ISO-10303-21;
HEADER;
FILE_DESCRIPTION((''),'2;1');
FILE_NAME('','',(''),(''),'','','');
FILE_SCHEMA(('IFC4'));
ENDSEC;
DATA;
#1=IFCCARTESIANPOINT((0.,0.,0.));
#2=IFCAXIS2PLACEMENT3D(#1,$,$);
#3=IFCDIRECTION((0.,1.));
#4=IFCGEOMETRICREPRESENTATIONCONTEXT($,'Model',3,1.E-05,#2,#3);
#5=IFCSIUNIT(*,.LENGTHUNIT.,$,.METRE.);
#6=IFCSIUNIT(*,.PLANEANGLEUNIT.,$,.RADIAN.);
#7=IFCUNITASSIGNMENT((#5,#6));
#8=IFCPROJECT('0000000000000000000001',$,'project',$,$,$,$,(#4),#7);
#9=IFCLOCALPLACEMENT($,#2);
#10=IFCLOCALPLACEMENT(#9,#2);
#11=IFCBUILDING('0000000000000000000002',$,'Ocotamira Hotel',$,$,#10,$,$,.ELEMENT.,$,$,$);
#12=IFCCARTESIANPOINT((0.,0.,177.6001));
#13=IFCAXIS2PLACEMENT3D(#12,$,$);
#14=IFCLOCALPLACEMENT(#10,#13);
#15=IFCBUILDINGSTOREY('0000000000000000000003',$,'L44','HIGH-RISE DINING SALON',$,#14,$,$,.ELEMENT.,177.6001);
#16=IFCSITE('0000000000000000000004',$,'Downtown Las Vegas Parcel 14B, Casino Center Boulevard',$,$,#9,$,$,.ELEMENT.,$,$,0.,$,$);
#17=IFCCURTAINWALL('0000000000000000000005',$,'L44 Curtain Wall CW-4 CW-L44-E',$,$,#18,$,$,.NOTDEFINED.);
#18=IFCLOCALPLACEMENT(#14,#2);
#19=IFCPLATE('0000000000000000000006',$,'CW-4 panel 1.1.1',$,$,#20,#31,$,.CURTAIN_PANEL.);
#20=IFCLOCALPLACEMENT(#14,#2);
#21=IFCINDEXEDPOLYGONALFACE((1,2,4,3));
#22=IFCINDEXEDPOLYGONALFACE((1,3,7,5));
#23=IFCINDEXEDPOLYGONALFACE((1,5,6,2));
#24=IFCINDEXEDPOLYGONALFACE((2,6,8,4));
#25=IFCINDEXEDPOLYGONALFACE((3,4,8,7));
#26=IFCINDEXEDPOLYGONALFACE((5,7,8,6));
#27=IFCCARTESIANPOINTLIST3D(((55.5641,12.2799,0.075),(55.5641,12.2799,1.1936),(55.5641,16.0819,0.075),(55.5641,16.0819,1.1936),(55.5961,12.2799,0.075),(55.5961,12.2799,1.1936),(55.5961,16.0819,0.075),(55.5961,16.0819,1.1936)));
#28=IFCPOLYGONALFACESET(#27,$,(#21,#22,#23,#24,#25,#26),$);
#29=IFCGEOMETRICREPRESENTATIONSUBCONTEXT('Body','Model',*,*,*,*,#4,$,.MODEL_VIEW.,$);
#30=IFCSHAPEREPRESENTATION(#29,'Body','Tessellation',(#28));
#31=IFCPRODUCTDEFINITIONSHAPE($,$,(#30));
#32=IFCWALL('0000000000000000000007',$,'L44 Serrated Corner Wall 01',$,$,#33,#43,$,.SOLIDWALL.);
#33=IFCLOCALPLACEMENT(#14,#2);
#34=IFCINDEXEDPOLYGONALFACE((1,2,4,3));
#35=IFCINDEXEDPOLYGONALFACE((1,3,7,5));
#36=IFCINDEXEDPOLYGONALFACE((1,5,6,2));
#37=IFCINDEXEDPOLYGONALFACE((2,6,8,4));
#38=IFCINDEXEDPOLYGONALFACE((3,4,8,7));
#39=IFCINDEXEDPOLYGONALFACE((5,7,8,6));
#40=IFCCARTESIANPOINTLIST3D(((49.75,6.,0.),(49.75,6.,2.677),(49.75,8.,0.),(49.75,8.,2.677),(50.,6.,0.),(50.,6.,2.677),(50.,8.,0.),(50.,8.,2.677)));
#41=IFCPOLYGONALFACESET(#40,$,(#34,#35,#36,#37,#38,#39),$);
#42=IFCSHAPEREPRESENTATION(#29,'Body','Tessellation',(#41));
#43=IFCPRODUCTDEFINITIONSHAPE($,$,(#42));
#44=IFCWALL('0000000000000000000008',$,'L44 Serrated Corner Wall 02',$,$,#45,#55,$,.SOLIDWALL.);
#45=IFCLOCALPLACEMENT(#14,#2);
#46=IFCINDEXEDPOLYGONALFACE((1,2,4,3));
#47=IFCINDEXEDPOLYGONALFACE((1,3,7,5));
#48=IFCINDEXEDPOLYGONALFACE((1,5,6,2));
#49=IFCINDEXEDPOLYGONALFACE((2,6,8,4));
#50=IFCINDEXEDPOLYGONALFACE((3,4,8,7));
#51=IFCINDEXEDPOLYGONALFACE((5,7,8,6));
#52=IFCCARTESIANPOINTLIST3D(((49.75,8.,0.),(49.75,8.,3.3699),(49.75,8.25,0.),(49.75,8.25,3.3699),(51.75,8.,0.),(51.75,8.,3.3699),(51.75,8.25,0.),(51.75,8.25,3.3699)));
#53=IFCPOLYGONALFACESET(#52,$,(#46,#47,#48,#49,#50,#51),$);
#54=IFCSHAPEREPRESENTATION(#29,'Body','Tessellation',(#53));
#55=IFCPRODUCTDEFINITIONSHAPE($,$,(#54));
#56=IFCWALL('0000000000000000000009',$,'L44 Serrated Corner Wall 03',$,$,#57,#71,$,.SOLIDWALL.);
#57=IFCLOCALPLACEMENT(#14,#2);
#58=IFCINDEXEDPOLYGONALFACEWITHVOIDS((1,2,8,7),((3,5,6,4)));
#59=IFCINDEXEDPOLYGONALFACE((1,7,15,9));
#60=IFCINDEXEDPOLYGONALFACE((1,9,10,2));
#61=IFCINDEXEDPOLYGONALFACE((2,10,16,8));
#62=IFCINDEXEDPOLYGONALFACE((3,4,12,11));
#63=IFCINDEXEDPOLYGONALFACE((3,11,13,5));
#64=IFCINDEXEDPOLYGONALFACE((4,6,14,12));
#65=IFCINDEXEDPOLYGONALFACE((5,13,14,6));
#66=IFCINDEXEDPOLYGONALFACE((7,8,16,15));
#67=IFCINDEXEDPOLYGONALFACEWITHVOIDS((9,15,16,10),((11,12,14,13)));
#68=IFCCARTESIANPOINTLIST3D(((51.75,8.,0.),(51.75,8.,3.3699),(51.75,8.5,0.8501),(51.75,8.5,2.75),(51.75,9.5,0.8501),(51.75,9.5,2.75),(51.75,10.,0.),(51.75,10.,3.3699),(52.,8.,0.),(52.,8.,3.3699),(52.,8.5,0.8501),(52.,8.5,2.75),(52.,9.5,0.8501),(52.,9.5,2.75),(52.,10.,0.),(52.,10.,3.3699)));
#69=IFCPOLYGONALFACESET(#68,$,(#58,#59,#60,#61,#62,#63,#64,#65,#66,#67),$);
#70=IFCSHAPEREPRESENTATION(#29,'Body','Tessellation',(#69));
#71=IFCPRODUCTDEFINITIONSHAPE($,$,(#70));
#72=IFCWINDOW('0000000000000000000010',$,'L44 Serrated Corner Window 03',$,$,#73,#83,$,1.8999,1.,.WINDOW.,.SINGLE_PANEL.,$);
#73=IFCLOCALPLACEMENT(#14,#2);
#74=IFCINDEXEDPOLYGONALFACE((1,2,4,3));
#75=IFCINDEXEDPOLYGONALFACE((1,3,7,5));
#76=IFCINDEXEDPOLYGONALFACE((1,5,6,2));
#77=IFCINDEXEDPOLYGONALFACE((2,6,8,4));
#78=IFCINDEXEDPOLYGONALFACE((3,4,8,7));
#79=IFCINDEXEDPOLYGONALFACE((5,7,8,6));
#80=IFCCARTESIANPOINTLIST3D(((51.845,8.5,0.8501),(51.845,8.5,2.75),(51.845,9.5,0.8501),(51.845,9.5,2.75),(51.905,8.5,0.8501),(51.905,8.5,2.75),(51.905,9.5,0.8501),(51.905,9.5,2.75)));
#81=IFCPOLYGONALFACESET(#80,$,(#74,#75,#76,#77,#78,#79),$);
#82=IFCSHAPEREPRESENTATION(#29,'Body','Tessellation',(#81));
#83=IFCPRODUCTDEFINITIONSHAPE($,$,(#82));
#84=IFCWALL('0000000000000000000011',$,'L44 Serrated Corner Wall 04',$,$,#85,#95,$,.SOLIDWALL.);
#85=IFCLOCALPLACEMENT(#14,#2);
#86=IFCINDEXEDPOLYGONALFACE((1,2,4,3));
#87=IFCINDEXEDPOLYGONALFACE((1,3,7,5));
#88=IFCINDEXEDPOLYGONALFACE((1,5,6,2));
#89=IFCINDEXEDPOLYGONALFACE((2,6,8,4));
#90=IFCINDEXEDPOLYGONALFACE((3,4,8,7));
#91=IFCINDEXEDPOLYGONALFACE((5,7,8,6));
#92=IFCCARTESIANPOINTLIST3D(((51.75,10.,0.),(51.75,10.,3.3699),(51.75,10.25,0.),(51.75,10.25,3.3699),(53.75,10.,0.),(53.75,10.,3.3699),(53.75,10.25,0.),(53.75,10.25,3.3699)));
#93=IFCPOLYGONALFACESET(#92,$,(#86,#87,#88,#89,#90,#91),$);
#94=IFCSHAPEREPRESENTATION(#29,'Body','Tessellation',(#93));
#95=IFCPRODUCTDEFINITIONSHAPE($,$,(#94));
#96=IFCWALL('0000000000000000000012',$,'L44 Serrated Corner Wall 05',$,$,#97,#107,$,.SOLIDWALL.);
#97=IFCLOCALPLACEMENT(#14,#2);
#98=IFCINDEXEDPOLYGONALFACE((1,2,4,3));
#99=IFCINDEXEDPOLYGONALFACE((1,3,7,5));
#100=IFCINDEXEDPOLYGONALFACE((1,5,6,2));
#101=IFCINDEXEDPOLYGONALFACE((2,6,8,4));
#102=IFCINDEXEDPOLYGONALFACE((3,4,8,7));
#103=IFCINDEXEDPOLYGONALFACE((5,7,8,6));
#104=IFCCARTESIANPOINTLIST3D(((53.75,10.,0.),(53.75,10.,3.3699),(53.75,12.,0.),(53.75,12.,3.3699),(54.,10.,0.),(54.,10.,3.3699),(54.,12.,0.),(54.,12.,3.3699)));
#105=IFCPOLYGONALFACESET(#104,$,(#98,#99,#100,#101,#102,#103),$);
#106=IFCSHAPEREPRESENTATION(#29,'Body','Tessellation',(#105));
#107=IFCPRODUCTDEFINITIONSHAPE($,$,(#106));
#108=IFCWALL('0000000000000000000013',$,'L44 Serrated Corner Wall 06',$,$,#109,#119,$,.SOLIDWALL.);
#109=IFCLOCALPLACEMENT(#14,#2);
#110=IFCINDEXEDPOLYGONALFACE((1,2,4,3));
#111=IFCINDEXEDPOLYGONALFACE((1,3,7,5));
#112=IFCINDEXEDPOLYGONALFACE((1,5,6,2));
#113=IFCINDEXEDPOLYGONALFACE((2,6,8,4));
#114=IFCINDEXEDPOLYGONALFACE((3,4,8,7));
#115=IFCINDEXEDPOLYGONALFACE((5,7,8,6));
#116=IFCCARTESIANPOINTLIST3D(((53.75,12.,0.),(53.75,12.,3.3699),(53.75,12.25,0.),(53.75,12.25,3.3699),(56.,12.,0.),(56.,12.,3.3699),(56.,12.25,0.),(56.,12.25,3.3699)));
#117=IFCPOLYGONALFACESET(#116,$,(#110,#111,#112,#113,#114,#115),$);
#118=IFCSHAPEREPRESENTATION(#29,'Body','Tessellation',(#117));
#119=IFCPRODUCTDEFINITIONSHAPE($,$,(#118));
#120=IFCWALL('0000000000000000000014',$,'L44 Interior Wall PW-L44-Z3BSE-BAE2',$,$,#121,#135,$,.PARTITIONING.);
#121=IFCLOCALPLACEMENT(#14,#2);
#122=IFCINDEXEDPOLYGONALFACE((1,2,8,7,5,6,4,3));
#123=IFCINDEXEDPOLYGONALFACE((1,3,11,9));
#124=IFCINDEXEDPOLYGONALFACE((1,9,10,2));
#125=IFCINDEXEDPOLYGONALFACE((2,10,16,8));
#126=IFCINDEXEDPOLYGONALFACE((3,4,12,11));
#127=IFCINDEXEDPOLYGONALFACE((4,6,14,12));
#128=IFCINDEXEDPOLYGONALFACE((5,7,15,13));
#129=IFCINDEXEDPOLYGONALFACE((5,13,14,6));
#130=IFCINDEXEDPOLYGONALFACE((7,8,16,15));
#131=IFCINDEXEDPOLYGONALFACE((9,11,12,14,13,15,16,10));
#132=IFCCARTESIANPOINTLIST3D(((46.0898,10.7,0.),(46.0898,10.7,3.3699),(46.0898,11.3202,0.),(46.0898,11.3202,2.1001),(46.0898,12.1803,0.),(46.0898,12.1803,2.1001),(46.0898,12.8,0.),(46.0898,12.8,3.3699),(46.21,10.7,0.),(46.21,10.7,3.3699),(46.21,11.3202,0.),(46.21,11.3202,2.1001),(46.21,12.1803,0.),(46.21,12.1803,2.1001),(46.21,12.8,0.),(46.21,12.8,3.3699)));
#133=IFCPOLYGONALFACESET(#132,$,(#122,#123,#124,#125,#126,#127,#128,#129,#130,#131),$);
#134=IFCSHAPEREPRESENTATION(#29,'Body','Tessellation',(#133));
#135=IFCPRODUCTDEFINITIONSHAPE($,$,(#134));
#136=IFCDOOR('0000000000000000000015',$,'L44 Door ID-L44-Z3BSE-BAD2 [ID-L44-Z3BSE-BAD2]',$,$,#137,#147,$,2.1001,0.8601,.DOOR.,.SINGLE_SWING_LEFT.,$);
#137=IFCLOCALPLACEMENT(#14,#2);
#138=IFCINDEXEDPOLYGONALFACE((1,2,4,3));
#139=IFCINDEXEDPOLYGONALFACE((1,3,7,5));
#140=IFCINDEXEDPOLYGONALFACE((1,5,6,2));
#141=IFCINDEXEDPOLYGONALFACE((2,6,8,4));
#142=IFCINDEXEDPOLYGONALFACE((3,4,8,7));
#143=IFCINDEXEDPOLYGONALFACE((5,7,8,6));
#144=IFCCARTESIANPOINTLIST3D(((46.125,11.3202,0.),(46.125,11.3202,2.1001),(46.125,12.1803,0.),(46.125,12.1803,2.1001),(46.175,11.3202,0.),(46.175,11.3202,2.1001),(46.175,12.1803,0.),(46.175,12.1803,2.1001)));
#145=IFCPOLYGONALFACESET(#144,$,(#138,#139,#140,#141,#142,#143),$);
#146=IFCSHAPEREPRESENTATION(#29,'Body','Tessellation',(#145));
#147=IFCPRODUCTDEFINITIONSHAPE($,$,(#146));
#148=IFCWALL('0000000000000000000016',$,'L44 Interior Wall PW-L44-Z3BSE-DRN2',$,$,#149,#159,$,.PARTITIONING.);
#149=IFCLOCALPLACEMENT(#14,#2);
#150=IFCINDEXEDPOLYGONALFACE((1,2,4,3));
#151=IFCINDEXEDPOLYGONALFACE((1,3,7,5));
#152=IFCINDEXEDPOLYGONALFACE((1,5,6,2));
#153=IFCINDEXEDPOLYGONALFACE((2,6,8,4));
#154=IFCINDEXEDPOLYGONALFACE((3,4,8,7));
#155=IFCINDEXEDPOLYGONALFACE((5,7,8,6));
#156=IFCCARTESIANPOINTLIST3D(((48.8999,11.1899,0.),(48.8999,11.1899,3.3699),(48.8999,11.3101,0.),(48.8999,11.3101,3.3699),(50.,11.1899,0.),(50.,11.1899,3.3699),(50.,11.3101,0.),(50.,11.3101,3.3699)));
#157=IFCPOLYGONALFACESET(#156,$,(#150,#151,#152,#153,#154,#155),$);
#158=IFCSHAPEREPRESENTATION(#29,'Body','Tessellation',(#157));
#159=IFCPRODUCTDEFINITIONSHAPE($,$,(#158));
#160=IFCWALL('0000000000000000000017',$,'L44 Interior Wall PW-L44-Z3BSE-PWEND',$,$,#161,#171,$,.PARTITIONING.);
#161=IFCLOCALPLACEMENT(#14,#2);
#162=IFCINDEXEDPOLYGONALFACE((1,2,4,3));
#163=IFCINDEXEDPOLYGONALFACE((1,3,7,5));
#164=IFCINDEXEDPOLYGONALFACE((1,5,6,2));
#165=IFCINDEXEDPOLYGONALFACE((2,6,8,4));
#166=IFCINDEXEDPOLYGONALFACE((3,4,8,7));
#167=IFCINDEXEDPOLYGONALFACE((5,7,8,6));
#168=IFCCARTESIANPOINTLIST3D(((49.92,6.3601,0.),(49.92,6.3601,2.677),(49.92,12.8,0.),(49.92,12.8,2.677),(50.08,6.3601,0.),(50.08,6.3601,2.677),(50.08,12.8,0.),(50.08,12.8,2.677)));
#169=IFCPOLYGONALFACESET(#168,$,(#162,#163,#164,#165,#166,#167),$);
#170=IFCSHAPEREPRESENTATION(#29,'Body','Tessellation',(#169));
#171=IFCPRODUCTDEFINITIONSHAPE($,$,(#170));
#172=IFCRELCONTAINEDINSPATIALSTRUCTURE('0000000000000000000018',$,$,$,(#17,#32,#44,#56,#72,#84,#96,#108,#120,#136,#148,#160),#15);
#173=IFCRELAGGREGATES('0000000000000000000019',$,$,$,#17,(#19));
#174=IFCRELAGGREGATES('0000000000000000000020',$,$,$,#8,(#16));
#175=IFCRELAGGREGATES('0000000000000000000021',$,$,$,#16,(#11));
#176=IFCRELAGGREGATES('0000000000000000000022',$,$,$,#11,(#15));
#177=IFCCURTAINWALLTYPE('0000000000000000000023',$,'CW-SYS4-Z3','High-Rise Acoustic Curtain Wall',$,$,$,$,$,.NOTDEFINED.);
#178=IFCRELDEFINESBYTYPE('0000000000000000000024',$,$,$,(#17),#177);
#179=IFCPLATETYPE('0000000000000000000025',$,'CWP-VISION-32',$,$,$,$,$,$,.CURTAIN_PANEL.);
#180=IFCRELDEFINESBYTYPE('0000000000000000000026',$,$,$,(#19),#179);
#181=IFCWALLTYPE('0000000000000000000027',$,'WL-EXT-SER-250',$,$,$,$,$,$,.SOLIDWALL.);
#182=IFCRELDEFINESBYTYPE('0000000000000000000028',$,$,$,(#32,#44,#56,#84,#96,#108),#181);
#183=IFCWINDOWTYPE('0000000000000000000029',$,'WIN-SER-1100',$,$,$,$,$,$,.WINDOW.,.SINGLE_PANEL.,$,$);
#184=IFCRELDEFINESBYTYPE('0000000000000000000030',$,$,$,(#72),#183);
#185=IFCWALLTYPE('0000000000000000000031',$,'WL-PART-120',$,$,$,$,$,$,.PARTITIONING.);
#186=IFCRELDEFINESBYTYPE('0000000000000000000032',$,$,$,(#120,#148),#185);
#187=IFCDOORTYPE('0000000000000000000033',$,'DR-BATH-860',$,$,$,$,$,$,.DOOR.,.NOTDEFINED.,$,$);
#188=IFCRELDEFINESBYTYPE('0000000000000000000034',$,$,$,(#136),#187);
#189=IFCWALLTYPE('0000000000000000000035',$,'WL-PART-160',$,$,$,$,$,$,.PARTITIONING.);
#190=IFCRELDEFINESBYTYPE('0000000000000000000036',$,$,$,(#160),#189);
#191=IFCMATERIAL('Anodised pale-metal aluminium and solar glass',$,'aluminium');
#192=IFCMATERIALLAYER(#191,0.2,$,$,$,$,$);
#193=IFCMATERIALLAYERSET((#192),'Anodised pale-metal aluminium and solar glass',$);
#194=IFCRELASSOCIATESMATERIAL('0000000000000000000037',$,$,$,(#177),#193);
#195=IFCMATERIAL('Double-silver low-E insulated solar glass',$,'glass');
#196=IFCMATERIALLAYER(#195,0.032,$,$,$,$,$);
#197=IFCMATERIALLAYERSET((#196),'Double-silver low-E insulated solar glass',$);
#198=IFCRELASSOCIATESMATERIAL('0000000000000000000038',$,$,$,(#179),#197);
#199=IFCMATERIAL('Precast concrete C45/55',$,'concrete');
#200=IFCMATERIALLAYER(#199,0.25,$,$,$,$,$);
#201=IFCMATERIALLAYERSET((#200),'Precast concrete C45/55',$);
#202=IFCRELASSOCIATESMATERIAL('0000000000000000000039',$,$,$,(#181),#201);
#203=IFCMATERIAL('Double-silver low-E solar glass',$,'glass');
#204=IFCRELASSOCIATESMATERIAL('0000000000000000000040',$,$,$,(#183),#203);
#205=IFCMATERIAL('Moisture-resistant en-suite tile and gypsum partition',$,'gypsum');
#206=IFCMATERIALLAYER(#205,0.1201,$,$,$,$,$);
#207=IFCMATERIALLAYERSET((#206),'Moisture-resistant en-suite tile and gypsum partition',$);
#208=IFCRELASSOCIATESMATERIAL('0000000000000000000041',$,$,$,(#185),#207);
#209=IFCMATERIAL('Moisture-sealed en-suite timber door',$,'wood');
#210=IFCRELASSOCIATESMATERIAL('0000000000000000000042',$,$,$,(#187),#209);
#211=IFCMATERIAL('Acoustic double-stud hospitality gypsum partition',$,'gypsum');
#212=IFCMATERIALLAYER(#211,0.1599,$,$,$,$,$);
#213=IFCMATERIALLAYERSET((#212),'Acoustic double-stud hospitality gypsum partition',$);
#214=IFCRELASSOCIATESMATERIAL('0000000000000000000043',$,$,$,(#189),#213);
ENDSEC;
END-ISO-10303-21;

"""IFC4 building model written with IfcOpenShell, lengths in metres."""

from ifc_helpers import new_model, si_unit, direction, frame, frame_2d, origin, origin_2d, place, context, subcontext, project, spatial, rectangle, extrude, source, transform, mapped, material, layer, layer_set, type_object, element, fill, aggregate, save


model = new_model("IFC4")

# Units and contexts
model_context = context("Model", 3, precision=1e-05, world=origin(), true_north=direction((0.0, 1.0)))
body_context = subcontext(model_context, "Body", "Model", "MODEL_VIEW")
ifc_project = project(units=[si_unit("LENGTHUNIT", "METRE"), si_unit("PLANEANGLEUNIT", "RADIAN")], contexts=[model_context])

# Site, building, storey
site_placement = place(None, origin())
site = spatial("IfcSite", under=ifc_project, at=site_placement, Name="Downtown Las Vegas Parcel 14B, Casino Center Boulevard", CompositionType="ELEMENT", RefElevation=0.0)
building_placement = place(site_placement, origin())
building = spatial("IfcBuilding", under=site, at=building_placement, Name="Ocotamira Hotel", CompositionType="ELEMENT")
storey_placement = place(building_placement, frame((0.0, 0.0, 177.6001)))
storey = spatial("IfcBuildingStorey", under=building, at=storey_placement, Name="L44", Description="HIGH-RISE DINING SALON", CompositionType="ELEMENT", Elevation=177.6001)

# Curtain wall
ifc_material_1 = material(Name="Anodised pale-metal aluminium and solar glass", Category="aluminium")
ifc_layer_1 = layer(ifc_material_1, 0.2)
ifc_layer_set_1 = layer_set([ifc_layer_1], Name="Anodised pale-metal aluminium and solar glass")
curtain_wall_type = type_object("IfcCurtainWallType", Name="CW-SYS4-Z3", Description="High-Rise Acoustic Curtain Wall", PredefinedType="NOTDEFINED", material=ifc_layer_set_1)
curtain_wall_1_placement = place(storey_placement, origin())
curtain_wall_1 = element("IfcCurtainWall", 1, at=curtain_wall_1_placement, inside=storey, type_object=curtain_wall_type, Name="L44 Curtain Wall CW-4 CW-L44-E", PredefinedType="NOTDEFINED")

# Plate
ifc_material_2 = material(Name="Double-silver low-E insulated solar glass", Category="glass")
ifc_layer_2 = layer(ifc_material_2, 0.032)
ifc_layer_set_2 = layer_set([ifc_layer_2], Name="Double-silver low-E insulated solar glass")
plate_type_1 = type_object("IfcPlateType", Name="CWP-VISION-32", PredefinedType="CURTAIN_PANEL", material=ifc_layer_set_2)
shared_shape_1 = source(origin(), body_context, "Body", "SweptSolid", [
    extrude(rectangle(XDim=3.802, YDim=0.032, at=origin_2d()), origin(), (0.0, 0.0, 1.0), 1.1187),
])
plate_1_placement = place(storey_placement, frame((55.5801, 14.1809, 0.075), z_axis=(0.0, 0.0, 1.0), x_axis=(0.0, 1.0, 0.0)))
plate_1 = element("IfcPlate", 2, at=plate_1_placement, type_object=plate_type_1, Name="CW-4 panel 1.1.1", PredefinedType="CURTAIN_PANEL", context=body_context, shape_type="MappedRepresentation", body=[
    mapped(shared_shape_1, transform((0.0, 0.0, 0.0), scale=1.0)),
])
aggregate(curtain_wall_1, [plate_1])

# Walls
ifc_material_3 = material(Name="Precast concrete C45/55", Category="concrete")
ifc_layer_3 = layer(ifc_material_3, 0.25)
ifc_layer_set_3 = layer_set([ifc_layer_3], Name="Precast concrete C45/55")
wall_type_1 = type_object("IfcWallType", Name="WL-EXT-SER-250", PredefinedType="SOLIDWALL", material=ifc_layer_set_3)
wall_1_placement = place(storey_placement, frame((49.875, 6.0, 0.0), z_axis=(0.0, 0.0, 1.0), x_axis=(0.0, 1.0, 0.0)))
element("IfcWall", 3, at=wall_1_placement, inside=storey, type_object=wall_type_1, Name="L44 Serrated Corner Wall 01", PredefinedType="SOLIDWALL", context=body_context, shape_type="SweptSolid", body=[
    extrude(rectangle(XDim=2.0, YDim=0.25, at=frame_2d((1.0, 0.0))), origin(), (0.0, 0.0, 1.0), 2.677),
])
wall_2_placement = place(storey_placement, frame((49.75, 8.125, 0.0), z_axis=(0.0, 0.0, 1.0), x_axis=(1.0, 0.0, 0.0)))
element("IfcWall", 4, at=wall_2_placement, inside=storey, type_object=wall_type_1, Name="L44 Serrated Corner Wall 02", PredefinedType="SOLIDWALL", context=body_context, shape_type="SweptSolid", body=[
    extrude(rectangle(XDim=2.0, YDim=0.25, at=frame_2d((1.0, 0.0))), origin(), (0.0, 0.0, 1.0), 3.3699),
])

# Wall, opening, window
wall_3_placement = place(storey_placement, frame((51.875, 8.0, 0.0), z_axis=(0.0, 0.0, 1.0), x_axis=(0.0, 1.0, 0.0)))
wall_3 = element("IfcWall", 5, at=wall_3_placement, inside=storey, type_object=wall_type_1, Name="L44 Serrated Corner Wall 03", PredefinedType="SOLIDWALL", context=body_context, shape_type="SweptSolid", body=[
    extrude(rectangle(XDim=2.0, YDim=0.25, at=frame_2d((1.0, 0.0))), origin(), (0.0, 0.0, 1.0), 3.3699),
])
opening_1_placement = place(wall_3_placement, frame((0.5, 0.0, 0.8501)))
opening_1 = element("IfcOpeningElement", 6, at=opening_1_placement, cuts=wall_3, PredefinedType="OPENING", context=body_context, shape_type="SweptSolid", body=[
    extrude(rectangle(XDim=1.0, YDim=1.8999, at=frame_2d((0.5, 0.95))), frame((0.0, 0.135, 0.0), z_axis=(0.0, -1.0, 0.0), x_axis=(1.0, 0.0, 0.0)), (0.0, 0.0, 1.0), 0.27),
])
ifc_material_4 = material(Name="Double-silver low-E solar glass", Category="glass")
window_type = type_object("IfcWindowType", Name="WIN-SER-1100", PartitioningType="SINGLE_PANEL", PredefinedType="WINDOW", material=ifc_material_4)
shared_shape_2 = source(origin(), body_context, "Body", "SweptSolid", [
    extrude(rectangle(XDim=1.0, YDim=1.8999, at=frame_2d((0.5, 0.95))), frame((0.0, 0.03, 0.0), z_axis=(0.0, -1.0, 0.0), x_axis=(1.0, 0.0, 0.0)), (0.0, 0.0, 1.0), 0.0601),
])
window_placement = place(opening_1_placement, origin())
window = element("IfcWindow", 7, at=window_placement, inside=storey, type_object=window_type, Name="L44 Serrated Corner Window 03", OverallHeight=1.8999, OverallWidth=1.0, PartitioningType="SINGLE_PANEL", PredefinedType="WINDOW", context=body_context, shape_type="MappedRepresentation", body=[
    mapped(shared_shape_2, transform((0.0, 0.0, 0.0), scale=1.0)),
])
fill(opening_1, window)

# Walls
for number, where, z_axis, x_axis, name in (
    (8, (51.75, 10.125, 0.0), (0.0, 0.0, 1.0), (1.0, 0.0, 0.0), "L44 Serrated Corner Wall 04"),
    (9, (53.875, 10.0, 0.0), (0.0, 0.0, 1.0), (0.0, 1.0, 0.0), "L44 Serrated Corner Wall 05"),
):
    element("IfcWall", number, at=place(storey_placement, frame(where, z_axis=z_axis, x_axis=x_axis)), inside=storey, type_object=wall_type_1, Name=name, PredefinedType="SOLIDWALL", context=body_context, shape_type="SweptSolid", body=[
        extrude(rectangle(XDim=2.0, YDim=0.25, at=frame_2d((1.0, 0.0))), origin(), (0.0, 0.0, 1.0), 3.3699),
    ])
wall_4_placement = place(storey_placement, frame((53.75, 12.125, 0.0), z_axis=(0.0, 0.0, 1.0), x_axis=(1.0, 0.0, 0.0)))
element("IfcWall", 10, at=wall_4_placement, inside=storey, type_object=wall_type_1, Name="L44 Serrated Corner Wall 06", PredefinedType="SOLIDWALL", context=body_context, shape_type="SweptSolid", body=[
    extrude(rectangle(XDim=2.25, YDim=0.25, at=frame_2d((1.125, 0.0))), origin(), (0.0, 0.0, 1.0), 3.3699),
])

# Wall, opening, door
ifc_material_5 = material(Name="Moisture-resistant en-suite tile and gypsum partition", Category="gypsum")
ifc_layer_4 = layer(ifc_material_5, 0.1201)
ifc_layer_set_4 = layer_set([ifc_layer_4], Name="Moisture-resistant en-suite tile and gypsum partition")
wall_type_2 = type_object("IfcWallType", Name="WL-PART-120", PredefinedType="PARTITIONING", material=ifc_layer_set_4)
wall_5_placement = place(storey_placement, frame((46.1499, 10.7, 0.0), z_axis=(0.0, 0.0, 1.0), x_axis=(0.0, 1.0, 0.0)))
wall_5 = element("IfcWall", 11, at=wall_5_placement, inside=storey, type_object=wall_type_2, Name="L44 Interior Wall PW-L44-Z3BSE-BAE2", PredefinedType="PARTITIONING", context=body_context, shape_type="SweptSolid", body=[
    extrude(rectangle(XDim=2.1001, YDim=0.1201, at=frame_2d((1.05, 0.0))), origin(), (0.0, 0.0, 1.0), 3.3699),
])
opening_2_placement = place(wall_5_placement, frame((0.6201, 0.0, 0.0)))
opening_2 = element("IfcOpeningElement", 12, at=opening_2_placement, cuts=wall_5, PredefinedType="OPENING", context=body_context, shape_type="SweptSolid", body=[
    extrude(rectangle(XDim=0.8601, YDim=2.1001, at=frame_2d((0.4302, 1.05))), frame((0.0, 0.0701, 0.0), z_axis=(0.0, -1.0, 0.0), x_axis=(1.0, 0.0, 0.0)), (0.0, 0.0, 1.0), 0.1401),
])
ifc_material_6 = material(Name="Moisture-sealed en-suite timber door", Category="wood")
door_type_1 = type_object("IfcDoorType", Name="DR-BATH-860", OperationType="NOTDEFINED", PredefinedType="DOOR", material=ifc_material_6)
shared_shape_3 = source(origin(), body_context, "Body", "SweptSolid", [
    extrude(rectangle(XDim=0.8601, YDim=2.1001, at=frame_2d((0.4302, 1.05))), frame((0.0, 0.0249, 0.0), z_axis=(0.0, -1.0, 0.0), x_axis=(1.0, 0.0, 0.0)), (0.0, 0.0, 1.0), 0.05),
])
door_1_placement = place(opening_2_placement, origin())
door_1 = element("IfcDoor", 13, at=door_1_placement, inside=storey, type_object=door_type_1, Name="L44 Door ID-L44-Z3BSE-BAD2 [ID-L44-Z3BSE-BAD2]", OperationType="SINGLE_SWING_LEFT", OverallHeight=2.1001, OverallWidth=0.8601, PredefinedType="DOOR", context=body_context, shape_type="MappedRepresentation", body=[
    mapped(shared_shape_3, transform((0.0, 0.0, 0.0), scale=1.0)),
])
fill(opening_2, door_1)

# Walls
wall_6_placement = place(storey_placement, frame((48.8999, 11.25, 0.0), z_axis=(0.0, 0.0, 1.0), x_axis=(1.0, 0.0, 0.0)))
element("IfcWall", 14, at=wall_6_placement, inside=storey, type_object=wall_type_2, Name="L44 Interior Wall PW-L44-Z3BSE-DRN2", PredefinedType="PARTITIONING", context=body_context, shape_type="SweptSolid", body=[
    extrude(rectangle(XDim=1.1001, YDim=0.1201, at=frame_2d((0.55, 0.0))), origin(), (0.0, 0.0, 1.0), 3.3699),
])
ifc_material_7 = material(Name="Acoustic double-stud hospitality gypsum partition", Category="gypsum")
ifc_layer_5 = layer(ifc_material_7, 0.1599)
ifc_layer_set_5 = layer_set([ifc_layer_5], Name="Acoustic double-stud hospitality gypsum partition")
wall_type_3 = type_object("IfcWallType", Name="WL-PART-160", PredefinedType="PARTITIONING", material=ifc_layer_set_5)
wall_7_placement = place(storey_placement, frame((50.0, 6.3601, 0.0), z_axis=(0.0, 0.0, 1.0), x_axis=(0.0, 1.0, 0.0)))
element("IfcWall", 15, at=wall_7_placement, inside=storey, type_object=wall_type_3, Name="L44 Interior Wall PW-L44-Z3BSE-PWEND", PredefinedType="PARTITIONING", context=body_context, shape_type="SweptSolid", body=[
    extrude(rectangle(XDim=6.4399, YDim=0.1599, at=frame_2d((3.22, 0.0))), origin(), (0.0, 0.0, 1.0), 2.677),
])

save(model, "model.ifc")
